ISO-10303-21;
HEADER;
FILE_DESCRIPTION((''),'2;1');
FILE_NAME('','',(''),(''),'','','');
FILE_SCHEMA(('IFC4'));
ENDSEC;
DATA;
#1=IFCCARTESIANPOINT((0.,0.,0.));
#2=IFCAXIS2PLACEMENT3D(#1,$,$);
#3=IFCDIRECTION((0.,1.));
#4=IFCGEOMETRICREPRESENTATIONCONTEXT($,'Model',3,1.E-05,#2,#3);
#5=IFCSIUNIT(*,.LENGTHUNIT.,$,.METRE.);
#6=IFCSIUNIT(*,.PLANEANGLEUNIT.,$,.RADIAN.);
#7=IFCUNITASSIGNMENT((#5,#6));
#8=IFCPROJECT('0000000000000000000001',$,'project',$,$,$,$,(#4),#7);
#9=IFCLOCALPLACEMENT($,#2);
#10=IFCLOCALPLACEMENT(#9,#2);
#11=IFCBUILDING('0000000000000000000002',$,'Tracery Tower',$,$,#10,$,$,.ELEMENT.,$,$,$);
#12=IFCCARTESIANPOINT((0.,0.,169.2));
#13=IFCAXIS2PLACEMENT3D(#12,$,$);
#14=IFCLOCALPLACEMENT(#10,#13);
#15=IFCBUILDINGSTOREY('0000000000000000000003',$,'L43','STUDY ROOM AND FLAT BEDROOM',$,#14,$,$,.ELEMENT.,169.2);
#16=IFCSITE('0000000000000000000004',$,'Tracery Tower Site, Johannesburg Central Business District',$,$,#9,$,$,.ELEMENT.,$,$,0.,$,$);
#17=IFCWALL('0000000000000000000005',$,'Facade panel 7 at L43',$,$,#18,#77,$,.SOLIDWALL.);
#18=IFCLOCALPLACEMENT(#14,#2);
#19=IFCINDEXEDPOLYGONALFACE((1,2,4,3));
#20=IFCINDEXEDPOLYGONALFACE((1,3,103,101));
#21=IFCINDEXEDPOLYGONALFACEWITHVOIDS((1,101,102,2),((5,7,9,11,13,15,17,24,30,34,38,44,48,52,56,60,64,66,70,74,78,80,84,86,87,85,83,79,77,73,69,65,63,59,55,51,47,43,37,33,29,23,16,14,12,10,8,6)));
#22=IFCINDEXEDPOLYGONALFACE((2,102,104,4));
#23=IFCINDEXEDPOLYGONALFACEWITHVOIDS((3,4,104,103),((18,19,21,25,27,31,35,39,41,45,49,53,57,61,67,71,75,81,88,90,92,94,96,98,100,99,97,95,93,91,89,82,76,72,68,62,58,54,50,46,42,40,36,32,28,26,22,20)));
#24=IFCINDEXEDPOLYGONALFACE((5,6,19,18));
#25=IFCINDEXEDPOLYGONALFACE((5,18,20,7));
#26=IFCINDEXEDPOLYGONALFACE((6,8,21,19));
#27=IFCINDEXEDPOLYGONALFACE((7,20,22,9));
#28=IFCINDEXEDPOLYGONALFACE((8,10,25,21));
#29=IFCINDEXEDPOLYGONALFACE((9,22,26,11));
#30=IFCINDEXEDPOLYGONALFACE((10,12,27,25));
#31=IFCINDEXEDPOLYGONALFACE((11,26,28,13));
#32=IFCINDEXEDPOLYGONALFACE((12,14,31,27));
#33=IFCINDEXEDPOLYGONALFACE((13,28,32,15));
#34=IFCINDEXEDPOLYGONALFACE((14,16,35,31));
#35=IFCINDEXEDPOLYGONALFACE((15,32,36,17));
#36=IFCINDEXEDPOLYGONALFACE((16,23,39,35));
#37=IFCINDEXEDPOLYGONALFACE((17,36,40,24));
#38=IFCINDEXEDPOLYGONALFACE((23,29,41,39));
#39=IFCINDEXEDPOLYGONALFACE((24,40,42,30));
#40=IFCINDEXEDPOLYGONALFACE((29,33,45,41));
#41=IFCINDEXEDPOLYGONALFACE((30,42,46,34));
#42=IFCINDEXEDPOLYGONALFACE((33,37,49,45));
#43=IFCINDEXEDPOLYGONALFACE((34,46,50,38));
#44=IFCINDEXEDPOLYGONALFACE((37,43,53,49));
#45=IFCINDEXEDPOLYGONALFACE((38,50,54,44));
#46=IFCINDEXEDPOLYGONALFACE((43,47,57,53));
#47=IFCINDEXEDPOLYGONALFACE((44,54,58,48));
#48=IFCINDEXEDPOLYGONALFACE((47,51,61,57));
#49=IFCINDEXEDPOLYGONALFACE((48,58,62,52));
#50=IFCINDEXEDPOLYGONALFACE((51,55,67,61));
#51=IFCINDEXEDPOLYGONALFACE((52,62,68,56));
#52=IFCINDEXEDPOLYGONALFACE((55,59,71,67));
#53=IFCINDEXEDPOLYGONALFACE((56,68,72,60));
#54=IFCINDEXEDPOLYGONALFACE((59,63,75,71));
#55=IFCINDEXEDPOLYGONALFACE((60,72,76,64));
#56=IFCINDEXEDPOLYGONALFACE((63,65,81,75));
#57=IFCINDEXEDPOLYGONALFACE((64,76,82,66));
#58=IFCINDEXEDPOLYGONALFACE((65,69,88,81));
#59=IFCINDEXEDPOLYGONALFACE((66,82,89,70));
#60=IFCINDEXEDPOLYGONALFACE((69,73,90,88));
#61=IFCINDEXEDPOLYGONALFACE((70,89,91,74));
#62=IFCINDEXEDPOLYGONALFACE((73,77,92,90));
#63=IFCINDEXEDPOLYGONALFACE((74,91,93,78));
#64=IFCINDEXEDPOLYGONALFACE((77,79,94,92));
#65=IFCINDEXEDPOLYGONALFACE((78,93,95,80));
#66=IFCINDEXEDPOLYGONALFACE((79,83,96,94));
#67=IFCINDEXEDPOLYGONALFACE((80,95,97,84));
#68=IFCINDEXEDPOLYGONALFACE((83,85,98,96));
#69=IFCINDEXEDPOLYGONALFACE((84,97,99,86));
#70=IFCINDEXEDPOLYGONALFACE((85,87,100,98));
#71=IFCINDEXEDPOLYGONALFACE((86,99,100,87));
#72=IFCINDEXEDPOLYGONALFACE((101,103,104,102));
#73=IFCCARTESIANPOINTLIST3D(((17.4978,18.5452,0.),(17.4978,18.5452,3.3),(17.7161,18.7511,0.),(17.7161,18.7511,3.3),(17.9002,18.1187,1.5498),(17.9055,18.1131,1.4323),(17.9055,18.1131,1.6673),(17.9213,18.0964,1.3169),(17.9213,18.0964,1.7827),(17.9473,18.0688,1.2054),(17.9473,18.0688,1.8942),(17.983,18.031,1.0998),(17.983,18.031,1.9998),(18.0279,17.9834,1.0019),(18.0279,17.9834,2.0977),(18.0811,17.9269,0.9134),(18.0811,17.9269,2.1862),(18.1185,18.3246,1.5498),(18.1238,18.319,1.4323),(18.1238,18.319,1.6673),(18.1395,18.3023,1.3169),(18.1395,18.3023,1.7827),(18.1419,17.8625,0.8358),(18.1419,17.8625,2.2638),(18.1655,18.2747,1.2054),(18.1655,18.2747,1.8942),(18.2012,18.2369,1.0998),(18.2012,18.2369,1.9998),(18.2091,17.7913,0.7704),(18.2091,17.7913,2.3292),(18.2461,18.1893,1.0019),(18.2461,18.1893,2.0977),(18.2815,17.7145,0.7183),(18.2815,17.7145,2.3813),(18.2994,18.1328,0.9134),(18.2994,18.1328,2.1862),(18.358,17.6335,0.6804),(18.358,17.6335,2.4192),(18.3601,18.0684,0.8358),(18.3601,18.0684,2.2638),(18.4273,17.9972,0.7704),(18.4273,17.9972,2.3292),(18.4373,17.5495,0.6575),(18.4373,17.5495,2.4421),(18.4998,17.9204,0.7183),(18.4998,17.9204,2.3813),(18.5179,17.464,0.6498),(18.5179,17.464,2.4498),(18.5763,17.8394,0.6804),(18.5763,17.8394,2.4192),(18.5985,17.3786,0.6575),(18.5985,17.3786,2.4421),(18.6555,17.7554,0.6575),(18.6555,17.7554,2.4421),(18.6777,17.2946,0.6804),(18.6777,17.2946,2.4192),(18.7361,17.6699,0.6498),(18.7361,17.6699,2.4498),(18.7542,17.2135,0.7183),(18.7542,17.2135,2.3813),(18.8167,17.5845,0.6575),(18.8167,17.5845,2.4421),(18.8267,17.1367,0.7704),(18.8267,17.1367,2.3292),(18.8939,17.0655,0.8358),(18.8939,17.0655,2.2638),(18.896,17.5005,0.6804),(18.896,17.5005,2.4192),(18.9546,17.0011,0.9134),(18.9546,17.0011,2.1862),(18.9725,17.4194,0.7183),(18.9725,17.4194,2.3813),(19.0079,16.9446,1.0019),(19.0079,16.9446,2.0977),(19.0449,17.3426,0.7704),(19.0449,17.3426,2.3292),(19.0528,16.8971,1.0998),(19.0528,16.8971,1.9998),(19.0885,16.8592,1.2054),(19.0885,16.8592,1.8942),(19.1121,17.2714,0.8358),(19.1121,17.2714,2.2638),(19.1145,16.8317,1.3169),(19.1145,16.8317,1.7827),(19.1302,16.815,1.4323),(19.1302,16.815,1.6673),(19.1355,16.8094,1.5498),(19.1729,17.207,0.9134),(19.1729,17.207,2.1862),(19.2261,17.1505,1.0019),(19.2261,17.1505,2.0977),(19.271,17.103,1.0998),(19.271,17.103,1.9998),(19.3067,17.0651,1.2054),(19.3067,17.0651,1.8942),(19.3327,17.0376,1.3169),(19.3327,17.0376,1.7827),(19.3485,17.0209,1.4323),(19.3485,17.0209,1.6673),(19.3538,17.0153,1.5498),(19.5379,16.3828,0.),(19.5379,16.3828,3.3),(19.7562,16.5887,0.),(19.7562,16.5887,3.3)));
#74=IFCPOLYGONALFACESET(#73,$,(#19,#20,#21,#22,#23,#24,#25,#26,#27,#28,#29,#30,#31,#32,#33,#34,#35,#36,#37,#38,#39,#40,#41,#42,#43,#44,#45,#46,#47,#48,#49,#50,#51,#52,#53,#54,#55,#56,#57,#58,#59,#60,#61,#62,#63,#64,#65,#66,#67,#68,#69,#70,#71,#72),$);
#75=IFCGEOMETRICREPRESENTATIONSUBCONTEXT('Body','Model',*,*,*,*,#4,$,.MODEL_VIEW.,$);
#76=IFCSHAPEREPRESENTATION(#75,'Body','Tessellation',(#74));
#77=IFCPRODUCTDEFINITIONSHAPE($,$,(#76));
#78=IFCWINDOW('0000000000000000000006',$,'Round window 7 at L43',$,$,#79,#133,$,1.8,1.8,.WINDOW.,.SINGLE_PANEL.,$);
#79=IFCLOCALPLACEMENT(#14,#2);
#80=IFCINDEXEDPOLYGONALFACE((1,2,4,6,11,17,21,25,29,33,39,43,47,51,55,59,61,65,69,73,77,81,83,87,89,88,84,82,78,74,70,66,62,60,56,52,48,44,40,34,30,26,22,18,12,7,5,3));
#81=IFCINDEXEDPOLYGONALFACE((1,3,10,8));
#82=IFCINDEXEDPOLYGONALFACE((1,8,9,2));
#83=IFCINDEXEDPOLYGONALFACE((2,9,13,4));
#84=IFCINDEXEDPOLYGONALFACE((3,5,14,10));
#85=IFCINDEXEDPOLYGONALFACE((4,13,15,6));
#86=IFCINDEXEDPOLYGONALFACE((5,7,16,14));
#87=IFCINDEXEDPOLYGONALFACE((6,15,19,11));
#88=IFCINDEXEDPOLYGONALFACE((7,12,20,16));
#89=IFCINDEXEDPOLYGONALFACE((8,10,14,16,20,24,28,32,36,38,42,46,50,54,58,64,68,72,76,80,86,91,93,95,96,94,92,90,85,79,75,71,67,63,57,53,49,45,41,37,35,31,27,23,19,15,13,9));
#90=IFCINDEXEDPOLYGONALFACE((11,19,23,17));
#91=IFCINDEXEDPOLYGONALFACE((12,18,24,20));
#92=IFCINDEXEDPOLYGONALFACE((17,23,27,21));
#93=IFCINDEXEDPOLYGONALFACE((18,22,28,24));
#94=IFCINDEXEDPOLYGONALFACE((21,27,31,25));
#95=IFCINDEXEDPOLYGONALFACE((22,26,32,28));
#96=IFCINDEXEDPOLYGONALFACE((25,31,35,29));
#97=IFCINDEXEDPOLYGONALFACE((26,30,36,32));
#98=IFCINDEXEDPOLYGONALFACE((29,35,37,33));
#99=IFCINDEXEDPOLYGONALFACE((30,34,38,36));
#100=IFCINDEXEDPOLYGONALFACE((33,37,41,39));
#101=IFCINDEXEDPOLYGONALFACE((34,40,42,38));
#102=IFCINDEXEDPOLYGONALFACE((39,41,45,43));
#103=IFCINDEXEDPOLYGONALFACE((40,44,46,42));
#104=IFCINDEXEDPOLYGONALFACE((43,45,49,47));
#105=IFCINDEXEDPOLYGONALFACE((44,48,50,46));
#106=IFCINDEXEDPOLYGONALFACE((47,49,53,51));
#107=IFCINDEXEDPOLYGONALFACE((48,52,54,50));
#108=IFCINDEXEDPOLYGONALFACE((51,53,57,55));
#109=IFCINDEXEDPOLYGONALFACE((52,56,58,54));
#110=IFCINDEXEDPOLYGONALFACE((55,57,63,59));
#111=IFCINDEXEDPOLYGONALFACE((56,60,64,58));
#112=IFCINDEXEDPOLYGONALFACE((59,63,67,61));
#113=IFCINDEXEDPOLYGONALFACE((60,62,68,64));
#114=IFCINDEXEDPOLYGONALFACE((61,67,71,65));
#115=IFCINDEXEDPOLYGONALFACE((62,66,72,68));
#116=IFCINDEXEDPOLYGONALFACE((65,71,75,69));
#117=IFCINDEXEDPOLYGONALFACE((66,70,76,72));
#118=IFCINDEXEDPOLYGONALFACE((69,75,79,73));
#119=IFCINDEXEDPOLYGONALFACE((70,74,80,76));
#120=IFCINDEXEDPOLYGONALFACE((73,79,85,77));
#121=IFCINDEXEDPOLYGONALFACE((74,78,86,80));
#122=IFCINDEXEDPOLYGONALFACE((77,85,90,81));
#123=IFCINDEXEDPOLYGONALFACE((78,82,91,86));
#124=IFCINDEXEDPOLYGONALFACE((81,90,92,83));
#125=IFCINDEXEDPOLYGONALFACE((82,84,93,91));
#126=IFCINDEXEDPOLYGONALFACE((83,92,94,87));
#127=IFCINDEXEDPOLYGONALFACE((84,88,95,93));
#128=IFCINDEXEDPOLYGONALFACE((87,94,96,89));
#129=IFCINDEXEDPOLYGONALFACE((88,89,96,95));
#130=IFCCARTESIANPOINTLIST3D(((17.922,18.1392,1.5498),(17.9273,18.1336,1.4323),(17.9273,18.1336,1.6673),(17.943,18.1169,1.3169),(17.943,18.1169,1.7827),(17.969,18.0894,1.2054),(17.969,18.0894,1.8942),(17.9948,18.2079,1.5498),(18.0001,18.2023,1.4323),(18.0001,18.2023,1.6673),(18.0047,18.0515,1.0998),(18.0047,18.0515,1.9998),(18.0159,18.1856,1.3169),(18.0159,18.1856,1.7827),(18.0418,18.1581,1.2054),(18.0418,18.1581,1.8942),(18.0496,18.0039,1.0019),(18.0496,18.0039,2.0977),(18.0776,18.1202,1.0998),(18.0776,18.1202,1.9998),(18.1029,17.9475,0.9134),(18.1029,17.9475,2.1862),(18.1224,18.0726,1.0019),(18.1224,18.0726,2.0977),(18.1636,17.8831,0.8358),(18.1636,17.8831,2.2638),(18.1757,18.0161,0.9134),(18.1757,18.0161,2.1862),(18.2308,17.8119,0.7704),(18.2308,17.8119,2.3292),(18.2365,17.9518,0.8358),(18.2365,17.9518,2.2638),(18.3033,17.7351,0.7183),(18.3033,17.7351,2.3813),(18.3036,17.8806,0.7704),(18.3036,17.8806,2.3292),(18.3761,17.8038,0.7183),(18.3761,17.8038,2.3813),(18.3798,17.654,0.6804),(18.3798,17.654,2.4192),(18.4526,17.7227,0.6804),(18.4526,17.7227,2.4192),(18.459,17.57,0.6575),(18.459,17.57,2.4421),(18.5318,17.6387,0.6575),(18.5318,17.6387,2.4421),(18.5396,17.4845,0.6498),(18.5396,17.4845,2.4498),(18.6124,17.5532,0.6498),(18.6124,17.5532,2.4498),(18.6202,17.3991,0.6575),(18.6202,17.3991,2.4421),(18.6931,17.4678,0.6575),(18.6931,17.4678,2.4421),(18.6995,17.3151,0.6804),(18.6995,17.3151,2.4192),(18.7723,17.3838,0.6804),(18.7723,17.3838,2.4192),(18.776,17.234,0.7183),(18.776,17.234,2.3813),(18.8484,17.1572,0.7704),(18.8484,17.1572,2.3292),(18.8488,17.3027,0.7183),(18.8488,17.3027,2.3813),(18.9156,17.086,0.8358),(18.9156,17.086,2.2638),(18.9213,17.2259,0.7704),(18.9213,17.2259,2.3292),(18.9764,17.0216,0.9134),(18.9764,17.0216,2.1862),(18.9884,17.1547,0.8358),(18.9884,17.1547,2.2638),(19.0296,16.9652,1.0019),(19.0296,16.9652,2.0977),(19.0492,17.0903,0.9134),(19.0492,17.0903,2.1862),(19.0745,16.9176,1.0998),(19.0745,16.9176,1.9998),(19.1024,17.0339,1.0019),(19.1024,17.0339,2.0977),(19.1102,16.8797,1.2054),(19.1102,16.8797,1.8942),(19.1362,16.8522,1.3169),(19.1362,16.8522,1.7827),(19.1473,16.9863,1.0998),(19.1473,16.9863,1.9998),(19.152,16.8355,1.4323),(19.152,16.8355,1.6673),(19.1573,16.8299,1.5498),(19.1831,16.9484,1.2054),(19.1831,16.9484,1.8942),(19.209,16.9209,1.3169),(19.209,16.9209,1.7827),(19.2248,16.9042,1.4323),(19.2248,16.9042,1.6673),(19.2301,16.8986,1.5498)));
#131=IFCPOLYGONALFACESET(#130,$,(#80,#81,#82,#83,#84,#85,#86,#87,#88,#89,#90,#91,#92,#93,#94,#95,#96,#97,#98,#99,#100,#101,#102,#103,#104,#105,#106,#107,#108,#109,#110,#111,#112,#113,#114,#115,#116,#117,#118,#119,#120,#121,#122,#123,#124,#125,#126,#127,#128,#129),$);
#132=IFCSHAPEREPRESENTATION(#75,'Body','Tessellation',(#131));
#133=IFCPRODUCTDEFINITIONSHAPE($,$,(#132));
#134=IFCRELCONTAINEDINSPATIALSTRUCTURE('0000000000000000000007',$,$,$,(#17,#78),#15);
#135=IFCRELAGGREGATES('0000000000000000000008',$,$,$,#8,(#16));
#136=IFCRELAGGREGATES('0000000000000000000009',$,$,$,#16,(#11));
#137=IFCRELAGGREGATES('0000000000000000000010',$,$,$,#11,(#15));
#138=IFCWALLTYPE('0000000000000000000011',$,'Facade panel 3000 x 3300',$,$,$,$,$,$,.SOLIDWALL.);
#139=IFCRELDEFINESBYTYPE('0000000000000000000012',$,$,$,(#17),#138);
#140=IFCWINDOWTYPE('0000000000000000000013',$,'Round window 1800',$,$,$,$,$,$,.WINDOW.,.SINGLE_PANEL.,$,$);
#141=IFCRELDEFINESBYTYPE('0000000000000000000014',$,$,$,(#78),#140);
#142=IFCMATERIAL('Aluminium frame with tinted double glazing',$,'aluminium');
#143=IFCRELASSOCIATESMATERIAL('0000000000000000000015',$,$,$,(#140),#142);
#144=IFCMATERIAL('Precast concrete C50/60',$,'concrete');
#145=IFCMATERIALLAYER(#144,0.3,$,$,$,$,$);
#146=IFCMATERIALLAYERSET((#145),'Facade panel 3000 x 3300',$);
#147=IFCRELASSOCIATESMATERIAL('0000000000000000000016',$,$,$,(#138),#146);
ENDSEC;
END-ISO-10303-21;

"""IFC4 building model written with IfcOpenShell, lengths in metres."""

from ifc_helpers import new_model, si_unit, direction, frame, frame_2d, origin, origin_2d, place, context, subcontext, project, spatial, rectangle, circle, extrude, material, layer, layer_set, type_object, element, fill, save


model = new_model("IFC4")

# Units and contexts
model_context = context("Model", 3, precision=1e-05, world=origin(), true_north=direction((0.0, 1.0)))
body_context = subcontext(model_context, "Body", "Model", "MODEL_VIEW")
ifc_project = project(units=[si_unit("LENGTHUNIT", "METRE"), si_unit("PLANEANGLEUNIT", "RADIAN")], contexts=[model_context])

# Site, building, storey
site_placement = place(None, origin())
site = spatial("IfcSite", under=ifc_project, at=site_placement, Name="Tracery Tower Site, Johannesburg Central Business District", CompositionType="ELEMENT", RefElevation=0.0)
building_placement = place(site_placement, origin())
building = spatial("IfcBuilding", under=site, at=building_placement, Name="Tracery Tower", CompositionType="ELEMENT")
storey_placement = place(building_placement, frame((0.0, 0.0, 169.2)))
storey = spatial("IfcBuildingStorey", under=building, at=storey_placement, Name="L43", Description="STUDY ROOM AND FLAT BEDROOM", CompositionType="ELEMENT", Elevation=169.2)

# Wall, opening, window
ifc_material_1 = material(Name="Aluminium frame with tinted double glazing", Category="aluminium")
window_type = type_object("IfcWindowType", Name="Round window 1800", PartitioningType="SINGLE_PANEL", PredefinedType="WINDOW", material=ifc_material_1)
ifc_material_2 = material(Name="Precast concrete C50/60", Category="concrete")
ifc_layer_1 = layer(ifc_material_2, 0.3)
ifc_layer_set_1 = layer_set([ifc_layer_1], Name="Facade panel 3000 x 3300")
wall_type_1 = type_object("IfcWallType", Name="Facade panel 3000 x 3300", PredefinedType="SOLIDWALL", material=ifc_layer_set_1)
wall_1_placement = place(storey_placement, frame((19.647, 16.4858, 0.0), z_axis=(0.0, 0.0, 1.0), x_axis=(-0.686235, 0.72738, 0.0)))
wall_1 = element("IfcWall", 1, at=wall_1_placement, inside=storey, type_object=wall_type_1, Name="Facade panel 7 at L43", PredefinedType="SOLIDWALL", context=body_context, shape_type="SweptSolid", body=[
    extrude(rectangle(XDim=2.9729, YDim=0.3, at=frame_2d((1.4863, 0.0))), origin(), (0.0, 0.0, 1.0), 3.3),
])
opening_1_placement = place(wall_1_placement, frame((1.4863, 0.0, 1.5498)))
opening_1 = element("IfcOpeningElement", 2, at=opening_1_placement, cuts=wall_1, PredefinedType="OPENING", context=body_context, shape_type="SweptSolid", body=[
    extrude(circle(Radius=0.9, at=origin_2d()), frame((0.0, 0.1599, 0.0), z_axis=(0.0, -1.0, 0.0), x_axis=(1.0, 0.0, 0.0)), (0.0, 0.0, 1.0), 0.3201),
])
window_1_placement = place(opening_1_placement, origin())
window_1 = element("IfcWindow", 3, at=window_1_placement, inside=storey, type_object=window_type, Name="Round window 7 at L43", OverallHeight=1.8, OverallWidth=1.8, PartitioningType="SINGLE_PANEL", PredefinedType="WINDOW", context=body_context, shape_type="SweptSolid", body=[
    extrude(circle(Radius=0.9, at=origin_2d()), frame((0.0, 0.1201, 0.0), z_axis=(0.0, -1.0, 0.0), x_axis=(1.0, 0.0, 0.0)), (0.0, 0.0, 1.0), 0.1001),
])
fill(opening_1, window_1)

save(model, "model.ifc")
